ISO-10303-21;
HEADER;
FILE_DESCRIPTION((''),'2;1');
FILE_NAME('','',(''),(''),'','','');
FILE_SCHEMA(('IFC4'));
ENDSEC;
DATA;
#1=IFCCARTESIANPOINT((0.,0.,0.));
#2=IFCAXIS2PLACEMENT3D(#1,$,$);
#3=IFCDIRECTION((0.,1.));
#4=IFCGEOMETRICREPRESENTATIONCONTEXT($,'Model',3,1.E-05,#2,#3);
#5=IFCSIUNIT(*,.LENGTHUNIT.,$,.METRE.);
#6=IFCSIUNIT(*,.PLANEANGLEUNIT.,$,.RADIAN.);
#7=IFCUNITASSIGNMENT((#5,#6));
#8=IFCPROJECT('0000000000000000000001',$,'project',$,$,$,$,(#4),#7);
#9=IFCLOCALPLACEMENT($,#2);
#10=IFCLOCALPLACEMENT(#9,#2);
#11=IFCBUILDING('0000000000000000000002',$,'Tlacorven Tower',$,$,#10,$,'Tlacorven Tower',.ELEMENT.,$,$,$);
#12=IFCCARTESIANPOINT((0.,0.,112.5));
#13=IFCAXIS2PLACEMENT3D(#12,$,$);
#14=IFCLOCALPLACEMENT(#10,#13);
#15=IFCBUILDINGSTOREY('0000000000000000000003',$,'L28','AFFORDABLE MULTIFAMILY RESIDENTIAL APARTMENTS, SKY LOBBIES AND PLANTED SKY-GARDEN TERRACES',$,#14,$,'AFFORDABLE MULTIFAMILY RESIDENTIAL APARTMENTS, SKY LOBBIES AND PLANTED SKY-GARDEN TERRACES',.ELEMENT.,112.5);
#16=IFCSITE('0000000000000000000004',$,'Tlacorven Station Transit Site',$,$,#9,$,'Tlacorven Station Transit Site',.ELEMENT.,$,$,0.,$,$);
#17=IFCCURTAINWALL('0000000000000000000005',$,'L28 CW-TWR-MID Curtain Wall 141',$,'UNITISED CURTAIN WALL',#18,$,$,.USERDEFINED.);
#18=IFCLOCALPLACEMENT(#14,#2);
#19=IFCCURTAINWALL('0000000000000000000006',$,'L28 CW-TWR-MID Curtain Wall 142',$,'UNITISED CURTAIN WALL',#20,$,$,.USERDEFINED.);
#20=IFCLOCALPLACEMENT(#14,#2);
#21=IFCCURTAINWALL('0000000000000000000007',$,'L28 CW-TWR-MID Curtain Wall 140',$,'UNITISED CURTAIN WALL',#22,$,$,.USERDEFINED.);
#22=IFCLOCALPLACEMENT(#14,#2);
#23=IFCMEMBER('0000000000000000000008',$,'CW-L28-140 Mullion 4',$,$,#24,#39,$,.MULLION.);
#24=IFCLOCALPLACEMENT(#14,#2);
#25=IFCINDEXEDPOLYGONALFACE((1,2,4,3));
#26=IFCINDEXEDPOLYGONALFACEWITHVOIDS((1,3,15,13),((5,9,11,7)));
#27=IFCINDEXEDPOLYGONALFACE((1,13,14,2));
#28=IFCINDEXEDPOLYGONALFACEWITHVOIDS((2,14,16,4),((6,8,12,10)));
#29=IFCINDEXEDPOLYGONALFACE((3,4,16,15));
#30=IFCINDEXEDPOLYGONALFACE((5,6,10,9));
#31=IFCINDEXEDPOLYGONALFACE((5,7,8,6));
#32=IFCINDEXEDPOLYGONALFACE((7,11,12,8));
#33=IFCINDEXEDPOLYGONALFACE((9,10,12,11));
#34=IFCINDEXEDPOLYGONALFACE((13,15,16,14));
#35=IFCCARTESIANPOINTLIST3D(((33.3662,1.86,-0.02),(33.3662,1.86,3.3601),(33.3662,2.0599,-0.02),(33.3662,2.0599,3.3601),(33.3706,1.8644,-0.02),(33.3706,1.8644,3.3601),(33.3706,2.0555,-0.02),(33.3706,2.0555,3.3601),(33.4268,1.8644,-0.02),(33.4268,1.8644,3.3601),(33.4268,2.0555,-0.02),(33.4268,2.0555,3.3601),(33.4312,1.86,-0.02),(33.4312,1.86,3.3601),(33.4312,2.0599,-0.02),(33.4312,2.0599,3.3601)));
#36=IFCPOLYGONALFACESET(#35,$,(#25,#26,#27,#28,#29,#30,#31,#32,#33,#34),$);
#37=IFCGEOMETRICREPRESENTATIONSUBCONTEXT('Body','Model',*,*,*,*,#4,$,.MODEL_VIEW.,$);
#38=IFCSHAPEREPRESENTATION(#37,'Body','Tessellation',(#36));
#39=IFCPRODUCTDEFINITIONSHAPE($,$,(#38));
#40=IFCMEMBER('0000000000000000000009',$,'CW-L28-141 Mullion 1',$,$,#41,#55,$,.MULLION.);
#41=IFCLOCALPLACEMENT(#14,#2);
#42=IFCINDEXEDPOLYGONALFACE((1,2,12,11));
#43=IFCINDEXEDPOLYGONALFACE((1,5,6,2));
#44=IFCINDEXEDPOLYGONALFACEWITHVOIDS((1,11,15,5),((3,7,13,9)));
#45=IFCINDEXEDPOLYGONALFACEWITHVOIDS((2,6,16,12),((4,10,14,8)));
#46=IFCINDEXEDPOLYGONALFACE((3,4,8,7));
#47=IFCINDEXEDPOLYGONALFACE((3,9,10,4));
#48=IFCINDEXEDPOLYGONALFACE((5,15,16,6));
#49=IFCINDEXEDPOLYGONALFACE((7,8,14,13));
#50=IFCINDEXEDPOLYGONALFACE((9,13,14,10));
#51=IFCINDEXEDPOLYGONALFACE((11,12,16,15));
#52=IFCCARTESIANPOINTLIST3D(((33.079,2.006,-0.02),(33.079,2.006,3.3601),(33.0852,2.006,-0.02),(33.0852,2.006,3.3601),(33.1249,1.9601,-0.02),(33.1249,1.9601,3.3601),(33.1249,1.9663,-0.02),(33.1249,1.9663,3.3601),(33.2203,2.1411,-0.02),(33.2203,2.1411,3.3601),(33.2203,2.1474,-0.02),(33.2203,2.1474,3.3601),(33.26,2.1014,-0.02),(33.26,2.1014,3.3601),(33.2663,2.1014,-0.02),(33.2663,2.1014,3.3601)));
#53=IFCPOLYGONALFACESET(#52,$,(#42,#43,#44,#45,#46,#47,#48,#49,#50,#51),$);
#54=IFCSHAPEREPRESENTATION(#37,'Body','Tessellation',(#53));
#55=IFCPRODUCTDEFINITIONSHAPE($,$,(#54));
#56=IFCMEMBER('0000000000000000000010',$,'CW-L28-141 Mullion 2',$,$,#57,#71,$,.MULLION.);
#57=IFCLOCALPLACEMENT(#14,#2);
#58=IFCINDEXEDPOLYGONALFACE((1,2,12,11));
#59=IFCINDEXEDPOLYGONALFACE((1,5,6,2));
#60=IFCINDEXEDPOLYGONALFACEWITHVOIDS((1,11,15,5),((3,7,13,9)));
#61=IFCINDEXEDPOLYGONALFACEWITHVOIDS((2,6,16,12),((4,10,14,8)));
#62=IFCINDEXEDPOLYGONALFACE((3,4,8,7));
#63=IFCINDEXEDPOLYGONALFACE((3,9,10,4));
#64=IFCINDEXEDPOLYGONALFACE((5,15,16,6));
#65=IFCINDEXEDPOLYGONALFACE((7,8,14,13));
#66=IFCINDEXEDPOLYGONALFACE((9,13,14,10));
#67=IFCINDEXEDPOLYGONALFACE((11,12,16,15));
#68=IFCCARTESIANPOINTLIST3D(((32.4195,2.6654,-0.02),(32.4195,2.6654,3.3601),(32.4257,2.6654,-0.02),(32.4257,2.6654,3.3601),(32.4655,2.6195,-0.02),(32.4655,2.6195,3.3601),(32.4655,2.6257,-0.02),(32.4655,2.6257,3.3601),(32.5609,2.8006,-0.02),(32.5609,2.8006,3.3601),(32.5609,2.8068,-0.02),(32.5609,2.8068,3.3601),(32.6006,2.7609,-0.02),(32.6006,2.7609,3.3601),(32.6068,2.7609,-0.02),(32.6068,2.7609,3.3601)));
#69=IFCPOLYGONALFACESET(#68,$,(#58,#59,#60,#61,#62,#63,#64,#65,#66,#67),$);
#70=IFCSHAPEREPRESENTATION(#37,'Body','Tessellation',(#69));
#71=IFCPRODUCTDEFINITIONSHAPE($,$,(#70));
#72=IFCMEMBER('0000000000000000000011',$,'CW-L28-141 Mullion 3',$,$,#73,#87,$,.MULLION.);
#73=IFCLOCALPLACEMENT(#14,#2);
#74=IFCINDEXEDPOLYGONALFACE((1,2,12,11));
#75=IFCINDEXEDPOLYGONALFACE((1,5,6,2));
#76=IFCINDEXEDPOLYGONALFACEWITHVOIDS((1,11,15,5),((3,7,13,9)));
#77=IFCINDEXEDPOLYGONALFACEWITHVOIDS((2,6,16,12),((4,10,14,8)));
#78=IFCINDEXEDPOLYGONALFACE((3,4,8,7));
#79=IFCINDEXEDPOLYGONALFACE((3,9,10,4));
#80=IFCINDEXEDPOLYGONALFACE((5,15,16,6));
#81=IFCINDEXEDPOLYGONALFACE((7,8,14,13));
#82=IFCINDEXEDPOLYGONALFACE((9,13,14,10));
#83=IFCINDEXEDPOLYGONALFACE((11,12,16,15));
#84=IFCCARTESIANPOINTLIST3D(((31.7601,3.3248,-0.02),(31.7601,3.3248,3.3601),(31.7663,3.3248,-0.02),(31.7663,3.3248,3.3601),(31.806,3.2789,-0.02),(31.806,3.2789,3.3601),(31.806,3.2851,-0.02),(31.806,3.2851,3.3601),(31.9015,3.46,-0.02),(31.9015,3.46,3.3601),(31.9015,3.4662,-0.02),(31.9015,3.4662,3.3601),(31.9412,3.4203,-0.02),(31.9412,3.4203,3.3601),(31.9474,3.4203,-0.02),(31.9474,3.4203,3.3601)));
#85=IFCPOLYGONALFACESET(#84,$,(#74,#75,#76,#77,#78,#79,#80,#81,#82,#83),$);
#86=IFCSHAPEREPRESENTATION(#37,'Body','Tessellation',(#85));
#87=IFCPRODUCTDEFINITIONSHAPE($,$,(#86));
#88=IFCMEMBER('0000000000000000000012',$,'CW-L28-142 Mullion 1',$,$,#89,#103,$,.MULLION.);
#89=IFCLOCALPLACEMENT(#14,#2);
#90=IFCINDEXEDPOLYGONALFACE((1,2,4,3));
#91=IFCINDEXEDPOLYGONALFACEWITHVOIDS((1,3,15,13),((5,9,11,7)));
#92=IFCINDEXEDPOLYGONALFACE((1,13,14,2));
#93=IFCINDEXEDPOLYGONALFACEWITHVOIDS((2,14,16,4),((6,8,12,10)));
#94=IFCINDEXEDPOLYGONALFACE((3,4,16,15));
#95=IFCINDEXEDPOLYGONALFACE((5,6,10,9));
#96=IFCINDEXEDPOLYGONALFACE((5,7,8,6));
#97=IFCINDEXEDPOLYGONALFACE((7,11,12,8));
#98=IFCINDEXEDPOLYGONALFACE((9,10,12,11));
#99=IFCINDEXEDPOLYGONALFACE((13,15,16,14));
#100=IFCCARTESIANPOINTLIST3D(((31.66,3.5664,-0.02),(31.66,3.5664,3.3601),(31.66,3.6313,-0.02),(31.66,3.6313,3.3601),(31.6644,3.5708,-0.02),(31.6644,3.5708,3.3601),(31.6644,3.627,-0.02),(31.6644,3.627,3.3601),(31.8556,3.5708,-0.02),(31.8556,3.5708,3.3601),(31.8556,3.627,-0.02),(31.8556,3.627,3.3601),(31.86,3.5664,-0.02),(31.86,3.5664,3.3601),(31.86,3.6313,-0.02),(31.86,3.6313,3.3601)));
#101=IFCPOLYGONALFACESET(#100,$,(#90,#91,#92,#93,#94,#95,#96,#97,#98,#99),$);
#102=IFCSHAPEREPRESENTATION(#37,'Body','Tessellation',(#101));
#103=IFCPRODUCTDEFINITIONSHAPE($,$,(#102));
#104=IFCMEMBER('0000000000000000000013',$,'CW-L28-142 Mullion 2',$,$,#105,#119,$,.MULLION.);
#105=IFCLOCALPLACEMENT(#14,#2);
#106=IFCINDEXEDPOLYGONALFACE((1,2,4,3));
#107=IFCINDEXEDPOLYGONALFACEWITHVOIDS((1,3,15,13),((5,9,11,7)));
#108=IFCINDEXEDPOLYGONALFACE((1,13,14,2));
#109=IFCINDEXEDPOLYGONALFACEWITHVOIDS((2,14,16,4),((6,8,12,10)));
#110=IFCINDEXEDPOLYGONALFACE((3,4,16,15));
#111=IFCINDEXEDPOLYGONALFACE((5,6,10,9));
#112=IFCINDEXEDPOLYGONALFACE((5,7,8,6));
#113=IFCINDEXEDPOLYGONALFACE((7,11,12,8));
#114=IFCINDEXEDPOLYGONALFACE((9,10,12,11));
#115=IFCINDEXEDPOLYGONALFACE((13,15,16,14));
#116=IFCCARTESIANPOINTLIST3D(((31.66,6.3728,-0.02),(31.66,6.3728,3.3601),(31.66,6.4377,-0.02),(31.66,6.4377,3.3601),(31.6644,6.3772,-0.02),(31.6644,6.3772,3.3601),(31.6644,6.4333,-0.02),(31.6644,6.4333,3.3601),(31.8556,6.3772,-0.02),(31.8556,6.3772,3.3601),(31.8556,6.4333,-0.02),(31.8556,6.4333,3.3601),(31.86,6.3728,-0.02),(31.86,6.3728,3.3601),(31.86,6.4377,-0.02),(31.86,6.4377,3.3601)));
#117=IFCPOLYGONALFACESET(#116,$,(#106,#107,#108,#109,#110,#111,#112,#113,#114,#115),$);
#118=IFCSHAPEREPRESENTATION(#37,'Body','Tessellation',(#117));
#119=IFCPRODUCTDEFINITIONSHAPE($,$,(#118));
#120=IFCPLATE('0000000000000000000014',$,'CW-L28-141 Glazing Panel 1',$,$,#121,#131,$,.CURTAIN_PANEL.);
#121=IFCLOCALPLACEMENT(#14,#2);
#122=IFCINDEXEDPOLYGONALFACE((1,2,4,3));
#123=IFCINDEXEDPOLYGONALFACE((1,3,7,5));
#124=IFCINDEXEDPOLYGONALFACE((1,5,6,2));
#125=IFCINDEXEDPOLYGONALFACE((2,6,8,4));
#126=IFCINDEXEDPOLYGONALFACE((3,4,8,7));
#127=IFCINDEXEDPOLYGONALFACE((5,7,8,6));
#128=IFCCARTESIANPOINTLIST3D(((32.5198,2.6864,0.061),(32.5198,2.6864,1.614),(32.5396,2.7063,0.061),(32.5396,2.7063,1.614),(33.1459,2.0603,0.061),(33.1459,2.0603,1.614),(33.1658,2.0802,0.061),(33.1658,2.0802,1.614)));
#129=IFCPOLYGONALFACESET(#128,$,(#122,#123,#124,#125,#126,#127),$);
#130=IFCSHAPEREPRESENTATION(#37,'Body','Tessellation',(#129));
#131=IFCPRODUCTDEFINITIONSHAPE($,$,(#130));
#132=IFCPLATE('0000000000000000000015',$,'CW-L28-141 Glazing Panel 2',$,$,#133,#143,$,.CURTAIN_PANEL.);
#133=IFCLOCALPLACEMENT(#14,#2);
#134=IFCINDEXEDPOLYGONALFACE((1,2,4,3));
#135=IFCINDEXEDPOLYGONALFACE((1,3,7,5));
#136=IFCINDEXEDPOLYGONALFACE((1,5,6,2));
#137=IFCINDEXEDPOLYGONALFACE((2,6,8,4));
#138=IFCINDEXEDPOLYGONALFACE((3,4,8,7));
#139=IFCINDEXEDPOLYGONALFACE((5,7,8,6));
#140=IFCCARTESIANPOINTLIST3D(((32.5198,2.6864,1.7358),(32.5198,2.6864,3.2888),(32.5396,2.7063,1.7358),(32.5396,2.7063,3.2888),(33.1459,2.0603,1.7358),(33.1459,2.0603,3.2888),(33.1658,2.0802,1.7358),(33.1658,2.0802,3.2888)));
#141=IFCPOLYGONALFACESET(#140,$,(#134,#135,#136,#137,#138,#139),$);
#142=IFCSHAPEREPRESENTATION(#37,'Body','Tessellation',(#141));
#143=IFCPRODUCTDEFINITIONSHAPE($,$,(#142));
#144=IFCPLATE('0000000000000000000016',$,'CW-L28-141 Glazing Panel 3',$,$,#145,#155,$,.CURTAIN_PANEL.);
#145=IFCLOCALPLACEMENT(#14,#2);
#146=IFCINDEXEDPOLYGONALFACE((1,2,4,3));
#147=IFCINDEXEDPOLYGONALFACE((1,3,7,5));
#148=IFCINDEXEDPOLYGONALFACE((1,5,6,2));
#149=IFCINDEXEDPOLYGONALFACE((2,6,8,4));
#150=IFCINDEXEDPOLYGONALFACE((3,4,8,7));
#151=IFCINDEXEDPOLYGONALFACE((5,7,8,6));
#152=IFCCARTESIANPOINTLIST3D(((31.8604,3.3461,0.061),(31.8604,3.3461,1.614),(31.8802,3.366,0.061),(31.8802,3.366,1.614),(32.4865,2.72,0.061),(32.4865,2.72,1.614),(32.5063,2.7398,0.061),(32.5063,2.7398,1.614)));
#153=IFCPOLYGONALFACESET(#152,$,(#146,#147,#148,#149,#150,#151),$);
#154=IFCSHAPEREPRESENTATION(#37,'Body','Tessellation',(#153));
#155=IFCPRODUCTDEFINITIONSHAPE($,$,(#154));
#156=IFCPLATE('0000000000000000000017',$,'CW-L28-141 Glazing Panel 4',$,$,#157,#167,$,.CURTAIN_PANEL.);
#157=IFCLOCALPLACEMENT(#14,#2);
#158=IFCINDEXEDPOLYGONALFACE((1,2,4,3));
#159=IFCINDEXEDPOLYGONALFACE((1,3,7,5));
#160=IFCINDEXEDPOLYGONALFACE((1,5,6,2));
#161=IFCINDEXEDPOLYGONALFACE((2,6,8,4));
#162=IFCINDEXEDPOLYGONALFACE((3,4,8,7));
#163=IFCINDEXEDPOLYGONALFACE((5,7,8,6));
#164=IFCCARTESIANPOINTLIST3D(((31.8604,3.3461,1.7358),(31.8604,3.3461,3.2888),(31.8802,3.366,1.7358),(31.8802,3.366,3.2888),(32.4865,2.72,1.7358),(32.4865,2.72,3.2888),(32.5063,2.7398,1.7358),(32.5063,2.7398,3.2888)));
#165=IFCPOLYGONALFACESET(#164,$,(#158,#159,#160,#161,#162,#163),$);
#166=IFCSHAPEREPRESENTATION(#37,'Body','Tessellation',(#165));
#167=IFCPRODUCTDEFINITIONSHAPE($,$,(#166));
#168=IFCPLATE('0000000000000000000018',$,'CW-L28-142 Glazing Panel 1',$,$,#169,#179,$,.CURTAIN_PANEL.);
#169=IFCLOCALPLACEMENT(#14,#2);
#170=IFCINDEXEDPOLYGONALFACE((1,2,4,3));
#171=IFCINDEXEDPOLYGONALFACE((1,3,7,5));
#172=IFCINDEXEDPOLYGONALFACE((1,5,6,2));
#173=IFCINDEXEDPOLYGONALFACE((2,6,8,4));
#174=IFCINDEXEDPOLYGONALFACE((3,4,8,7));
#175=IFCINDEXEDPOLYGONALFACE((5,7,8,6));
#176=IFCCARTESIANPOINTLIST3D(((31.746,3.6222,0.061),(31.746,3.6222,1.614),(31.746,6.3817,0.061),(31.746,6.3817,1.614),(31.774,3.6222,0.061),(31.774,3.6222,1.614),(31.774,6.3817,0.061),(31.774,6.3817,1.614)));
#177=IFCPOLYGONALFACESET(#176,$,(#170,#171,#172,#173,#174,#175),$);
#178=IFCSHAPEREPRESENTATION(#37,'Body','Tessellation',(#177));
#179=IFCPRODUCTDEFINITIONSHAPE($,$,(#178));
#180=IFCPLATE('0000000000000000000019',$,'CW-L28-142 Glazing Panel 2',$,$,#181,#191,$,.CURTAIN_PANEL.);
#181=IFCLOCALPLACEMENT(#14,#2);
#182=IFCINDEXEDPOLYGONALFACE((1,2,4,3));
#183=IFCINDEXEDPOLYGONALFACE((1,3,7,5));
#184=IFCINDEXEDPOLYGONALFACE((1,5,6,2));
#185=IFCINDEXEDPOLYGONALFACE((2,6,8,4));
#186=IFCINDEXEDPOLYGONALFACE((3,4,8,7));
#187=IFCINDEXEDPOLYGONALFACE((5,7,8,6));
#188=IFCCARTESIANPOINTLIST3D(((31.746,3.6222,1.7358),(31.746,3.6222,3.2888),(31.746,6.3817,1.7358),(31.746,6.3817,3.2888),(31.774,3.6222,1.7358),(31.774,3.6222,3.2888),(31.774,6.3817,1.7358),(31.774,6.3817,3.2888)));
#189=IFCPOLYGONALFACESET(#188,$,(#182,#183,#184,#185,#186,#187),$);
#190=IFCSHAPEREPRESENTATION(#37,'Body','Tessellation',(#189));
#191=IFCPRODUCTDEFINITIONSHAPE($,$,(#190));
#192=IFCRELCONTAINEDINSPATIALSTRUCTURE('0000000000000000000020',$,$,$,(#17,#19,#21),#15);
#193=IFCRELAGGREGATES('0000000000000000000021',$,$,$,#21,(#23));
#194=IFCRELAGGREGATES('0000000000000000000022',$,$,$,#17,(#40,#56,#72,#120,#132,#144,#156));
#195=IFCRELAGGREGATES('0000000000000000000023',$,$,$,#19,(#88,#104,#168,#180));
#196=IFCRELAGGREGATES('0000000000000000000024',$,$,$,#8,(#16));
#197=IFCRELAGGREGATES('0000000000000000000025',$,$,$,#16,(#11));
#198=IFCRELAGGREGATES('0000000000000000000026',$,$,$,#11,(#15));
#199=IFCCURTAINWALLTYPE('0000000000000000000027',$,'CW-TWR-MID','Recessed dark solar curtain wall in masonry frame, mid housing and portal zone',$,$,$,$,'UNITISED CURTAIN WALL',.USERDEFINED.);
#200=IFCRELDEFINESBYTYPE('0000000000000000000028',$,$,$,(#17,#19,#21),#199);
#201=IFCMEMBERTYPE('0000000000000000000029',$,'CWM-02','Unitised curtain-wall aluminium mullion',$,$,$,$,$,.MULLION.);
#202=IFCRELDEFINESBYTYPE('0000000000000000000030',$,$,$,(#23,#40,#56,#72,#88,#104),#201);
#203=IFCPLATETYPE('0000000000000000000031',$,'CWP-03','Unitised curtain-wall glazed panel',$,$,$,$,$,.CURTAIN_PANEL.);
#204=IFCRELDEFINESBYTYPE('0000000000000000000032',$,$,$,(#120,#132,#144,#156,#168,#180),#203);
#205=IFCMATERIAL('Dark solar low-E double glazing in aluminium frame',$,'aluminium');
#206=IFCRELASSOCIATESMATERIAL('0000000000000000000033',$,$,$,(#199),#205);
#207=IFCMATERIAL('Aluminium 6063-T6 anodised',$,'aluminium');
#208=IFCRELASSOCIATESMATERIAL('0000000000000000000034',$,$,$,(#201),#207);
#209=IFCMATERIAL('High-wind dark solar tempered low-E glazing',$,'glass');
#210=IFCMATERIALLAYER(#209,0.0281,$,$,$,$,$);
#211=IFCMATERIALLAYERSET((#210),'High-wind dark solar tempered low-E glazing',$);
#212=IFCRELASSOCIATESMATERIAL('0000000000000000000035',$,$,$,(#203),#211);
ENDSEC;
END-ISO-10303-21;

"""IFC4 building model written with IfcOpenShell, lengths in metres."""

from ifc_helpers import new_model, si_unit, direction, frame, origin, origin_2d, place, context, subcontext, project, spatial, rectangle, hollow_rectangle, extrude, source, transform, mapped, material, layer, layer_set, material_profile, profile_set, type_object, element, aggregate, save


model = new_model("IFC4")

# Units and contexts
model_context = context("Model", 3, precision=1e-05, world=origin(), true_north=direction((0.0, 1.0)))
body_context = subcontext(model_context, "Body", "Model", "MODEL_VIEW")
ifc_project = project(units=[si_unit("LENGTHUNIT", "METRE"), si_unit("PLANEANGLEUNIT", "RADIAN")], contexts=[model_context])

# Site, building, storey
site_placement = place(None, origin())
site = spatial("IfcSite", under=ifc_project, at=site_placement, Name="Tlacorven Station Transit Site", LongName="Tlacorven Station Transit Site", CompositionType="ELEMENT", RefElevation=0.0)
building_placement = place(site_placement, origin())
building = spatial("IfcBuilding", under=site, at=building_placement, Name="Tlacorven Tower", LongName="Tlacorven Tower", CompositionType="ELEMENT")
storey_placement = place(building_placement, frame((0.0, 0.0, 112.5)))
storey = spatial("IfcBuildingStorey", under=building, at=storey_placement, Name="L28", Description="AFFORDABLE MULTIFAMILY RESIDENTIAL APARTMENTS, SKY LOBBIES AND PLANTED SKY-GARDEN TERRACES", LongName="AFFORDABLE MULTIFAMILY RESIDENTIAL APARTMENTS, SKY LOBBIES AND PLANTED SKY-GARDEN TERRACES", CompositionType="ELEMENT", Elevation=112.5)

# Curtain walls
ifc_material_1 = material(Name="Dark solar low-E double glazing in aluminium frame", Category="aluminium")
curtain_wall_type = type_object("IfcCurtainWallType", Name="CW-TWR-MID", Description="Recessed dark solar curtain wall in masonry frame, mid housing and portal zone", ElementType="UNITISED CURTAIN WALL", PredefinedType="USERDEFINED", material=ifc_material_1)
curtain_wall_1_placement = place(storey_placement, origin())
curtain_wall_1 = element("IfcCurtainWall", 1, at=curtain_wall_1_placement, inside=storey, type_object=curtain_wall_type, Name="L28 CW-TWR-MID Curtain Wall 141", ObjectType="UNITISED CURTAIN WALL", PredefinedType="USERDEFINED")
ifc_material_2 = material(Name="Aluminium 6063-T6 anodised", Category="aluminium")
curtain_wall_2_placement = place(storey_placement, origin())
curtain_wall_2 = element("IfcCurtainWall", 2, at=curtain_wall_2_placement, inside=storey, type_object=curtain_wall_type, Name="L28 CW-TWR-MID Curtain Wall 142", ObjectType="UNITISED CURTAIN WALL", PredefinedType="USERDEFINED")

# Curtain wall, member
curtain_wall_3_placement = place(storey_placement, origin())
curtain_wall_3 = element("IfcCurtainWall", 3, at=curtain_wall_3_placement, inside=storey, type_object=curtain_wall_type, Name="L28 CW-TWR-MID Curtain Wall 140", ObjectType="UNITISED CURTAIN WALL", PredefinedType="USERDEFINED")
ifc_material_profile_1 = material_profile(ifc_material_2, hollow_rectangle(XDim=0.0649, YDim=0.2, WallThickness=0.0044, at=origin_2d()), Name="ALU MULLION 65X200")
ifc_profile_set_1 = profile_set([ifc_material_profile_1], Name="Aluminium 6063-T6 anodised")
member_type_1 = type_object("IfcMemberType", Name="CWM-02", Description="Unitised curtain-wall aluminium mullion", PredefinedType="MULLION", material=ifc_profile_set_1)
shared_shape_1 = source(origin(), body_context, "Body", "SweptSolid", [
    extrude(hollow_rectangle(XDim=0.0649, YDim=0.2, WallThickness=0.0044, at=origin_2d()), origin(), (0.0, 0.0, 1.0), 3.3801),
])
member_1_placement = place(storey_placement, frame((33.3987, 1.96, -0.02), z_axis=(0.0, 0.0, 1.0), x_axis=(-1.0, 0.0, 0.0)))
member_1 = element("IfcMember", 4, at=member_1_placement, type_object=member_type_1, Name="CW-L28-140 Mullion 4", PredefinedType="MULLION", context=body_context, shape_type="MappedRepresentation", body=[
    mapped(shared_shape_1, transform((0.0, 0.0, 0.0), scale=1.0)),
])
aggregate(curtain_wall_3, [member_1])

# Members
member_2_placement = place(storey_placement, frame((33.1726, 2.0537, -0.02), z_axis=(0.0, 0.0, 1.0), x_axis=(-0.707107, 0.707107, 0.0)))
member_2 = element("IfcMember", 5, at=member_2_placement, type_object=member_type_1, Name="CW-L28-141 Mullion 1", PredefinedType="MULLION", context=body_context, shape_type="MappedRepresentation", body=[
    mapped(shared_shape_1, transform((0.0, 0.0, 0.0), scale=1.0)),
])
member_3_placement = place(storey_placement, frame((32.5132, 2.7131, -0.02), z_axis=(0.0, 0.0, 1.0), x_axis=(-0.707107, 0.707107, 0.0)))
member_3 = element("IfcMember", 6, at=member_3_placement, type_object=member_type_1, Name="CW-L28-141 Mullion 2", PredefinedType="MULLION", context=body_context, shape_type="MappedRepresentation", body=[
    mapped(shared_shape_1, transform((0.0, 0.0, 0.0), scale=1.0)),
])
member_4_placement = place(storey_placement, frame((31.8538, 3.3726, -0.02), z_axis=(0.0, 0.0, 1.0), x_axis=(-0.707107, 0.707107, 0.0)))
member_4 = element("IfcMember", 7, at=member_4_placement, type_object=member_type_1, Name="CW-L28-141 Mullion 3", PredefinedType="MULLION", context=body_context, shape_type="MappedRepresentation", body=[
    mapped(shared_shape_1, transform((0.0, 0.0, 0.0), scale=1.0)),
])
member_5_placement = place(storey_placement, frame((31.76, 3.5989, -0.02), z_axis=(0.0, 0.0, 1.0), x_axis=(0.0, 1.0, 0.0)))
member_5 = element("IfcMember", 8, at=member_5_placement, type_object=member_type_1, Name="CW-L28-142 Mullion 1", PredefinedType="MULLION", context=body_context, shape_type="MappedRepresentation", body=[
    mapped(shared_shape_1, transform((0.0, 0.0, 0.0), scale=1.0)),
])
member_6_placement = place(storey_placement, frame((31.76, 6.4053, -0.02), z_axis=(0.0, 0.0, 1.0), x_axis=(0.0, 1.0, 0.0)))
member_6 = element("IfcMember", 9, at=member_6_placement, type_object=member_type_1, Name="CW-L28-142 Mullion 2", PredefinedType="MULLION", context=body_context, shape_type="MappedRepresentation", body=[
    mapped(shared_shape_1, transform((0.0, 0.0, 0.0), scale=1.0)),
])

# Plates
ifc_material_3 = material(Name="High-wind dark solar tempered low-E glazing", Category="glass")
ifc_layer = layer(ifc_material_3, 0.0281)
ifc_layer_set = layer_set([ifc_layer], Name="High-wind dark solar tempered low-E glazing")
plate_type = type_object("IfcPlateType", Name="CWP-03", Description="Unitised curtain-wall glazed panel", PredefinedType="CURTAIN_PANEL", material=ifc_layer_set)
shared_shape_2 = source(origin(), body_context, "Body", "SweptSolid", [
    extrude(rectangle(XDim=0.8855, YDim=0.0281, at=origin_2d()), origin(), (0.0, 0.0, 1.0), 1.553),
])
plate_1_placement = place(storey_placement, frame((32.8428, 2.3833, 0.061), z_axis=(0.0, 0.0, 1.0), x_axis=(-0.707107, 0.707107, 0.0)))
plate_1 = element("IfcPlate", 10, at=plate_1_placement, type_object=plate_type, Name="CW-L28-141 Glazing Panel 1", PredefinedType="CURTAIN_PANEL", context=body_context, shape_type="MappedRepresentation", body=[
    mapped(shared_shape_2, transform((0.0, 0.0, 0.0), scale=1.0)),
])
plate_2_placement = place(storey_placement, frame((32.8428, 2.3833, 1.7358), z_axis=(0.0, 0.0, 1.0), x_axis=(-0.707107, 0.707107, 0.0)))
plate_2 = element("IfcPlate", 11, at=plate_2_placement, type_object=plate_type, Name="CW-L28-141 Glazing Panel 2", PredefinedType="CURTAIN_PANEL", context=body_context, shape_type="MappedRepresentation", body=[
    mapped(shared_shape_2, transform((0.0, 0.0, 0.0), scale=1.0)),
])
plate_3_placement = place(storey_placement, frame((32.1833, 3.043, 0.061), z_axis=(0.0, 0.0, 1.0), x_axis=(-0.707107, 0.707107, 0.0)))
plate_3 = element("IfcPlate", 12, at=plate_3_placement, type_object=plate_type, Name="CW-L28-141 Glazing Panel 3", PredefinedType="CURTAIN_PANEL", context=body_context, shape_type="MappedRepresentation", body=[
    mapped(shared_shape_2, transform((0.0, 0.0, 0.0), scale=1.0)),
])
plate_4_placement = place(storey_placement, frame((32.1833, 3.043, 1.7358), z_axis=(0.0, 0.0, 1.0), x_axis=(-0.707107, 0.707107, 0.0)))
plate_4 = element("IfcPlate", 13, at=plate_4_placement, type_object=plate_type, Name="CW-L28-141 Glazing Panel 4", PredefinedType="CURTAIN_PANEL", context=body_context, shape_type="MappedRepresentation", body=[
    mapped(shared_shape_2, transform((0.0, 0.0, 0.0), scale=1.0)),
])
aggregate(curtain_wall_1, [member_2, member_3, member_4, plate_1, plate_2, plate_3, plate_4])
shared_shape_3 = source(origin(), body_context, "Body", "SweptSolid", [
    extrude(rectangle(XDim=2.7595, YDim=0.0281, at=origin_2d()), origin(), (0.0, 0.0, 1.0), 1.553),
])
plate_5_placement = place(storey_placement, frame((31.76, 5.002, 0.061), z_axis=(0.0, 0.0, 1.0), x_axis=(0.0, 1.0, 0.0)))
plate_5 = element("IfcPlate", 14, at=plate_5_placement, type_object=plate_type, Name="CW-L28-142 Glazing Panel 1", PredefinedType="CURTAIN_PANEL", context=body_context, shape_type="MappedRepresentation", body=[
    mapped(shared_shape_3, transform((0.0, 0.0, 0.0), scale=1.0)),
])
plate_6_placement = place(storey_placement, frame((31.76, 5.002, 1.7358), z_axis=(0.0, 0.0, 1.0), x_axis=(0.0, 1.0, 0.0)))
plate_6 = element("IfcPlate", 15, at=plate_6_placement, type_object=plate_type, Name="CW-L28-142 Glazing Panel 2", PredefinedType="CURTAIN_PANEL", context=body_context, shape_type="MappedRepresentation", body=[
    mapped(shared_shape_3, transform((0.0, 0.0, 0.0), scale=1.0)),
])
aggregate(curtain_wall_2, [member_5, member_6, plate_5, plate_6])

save(model, "model.ifc")
